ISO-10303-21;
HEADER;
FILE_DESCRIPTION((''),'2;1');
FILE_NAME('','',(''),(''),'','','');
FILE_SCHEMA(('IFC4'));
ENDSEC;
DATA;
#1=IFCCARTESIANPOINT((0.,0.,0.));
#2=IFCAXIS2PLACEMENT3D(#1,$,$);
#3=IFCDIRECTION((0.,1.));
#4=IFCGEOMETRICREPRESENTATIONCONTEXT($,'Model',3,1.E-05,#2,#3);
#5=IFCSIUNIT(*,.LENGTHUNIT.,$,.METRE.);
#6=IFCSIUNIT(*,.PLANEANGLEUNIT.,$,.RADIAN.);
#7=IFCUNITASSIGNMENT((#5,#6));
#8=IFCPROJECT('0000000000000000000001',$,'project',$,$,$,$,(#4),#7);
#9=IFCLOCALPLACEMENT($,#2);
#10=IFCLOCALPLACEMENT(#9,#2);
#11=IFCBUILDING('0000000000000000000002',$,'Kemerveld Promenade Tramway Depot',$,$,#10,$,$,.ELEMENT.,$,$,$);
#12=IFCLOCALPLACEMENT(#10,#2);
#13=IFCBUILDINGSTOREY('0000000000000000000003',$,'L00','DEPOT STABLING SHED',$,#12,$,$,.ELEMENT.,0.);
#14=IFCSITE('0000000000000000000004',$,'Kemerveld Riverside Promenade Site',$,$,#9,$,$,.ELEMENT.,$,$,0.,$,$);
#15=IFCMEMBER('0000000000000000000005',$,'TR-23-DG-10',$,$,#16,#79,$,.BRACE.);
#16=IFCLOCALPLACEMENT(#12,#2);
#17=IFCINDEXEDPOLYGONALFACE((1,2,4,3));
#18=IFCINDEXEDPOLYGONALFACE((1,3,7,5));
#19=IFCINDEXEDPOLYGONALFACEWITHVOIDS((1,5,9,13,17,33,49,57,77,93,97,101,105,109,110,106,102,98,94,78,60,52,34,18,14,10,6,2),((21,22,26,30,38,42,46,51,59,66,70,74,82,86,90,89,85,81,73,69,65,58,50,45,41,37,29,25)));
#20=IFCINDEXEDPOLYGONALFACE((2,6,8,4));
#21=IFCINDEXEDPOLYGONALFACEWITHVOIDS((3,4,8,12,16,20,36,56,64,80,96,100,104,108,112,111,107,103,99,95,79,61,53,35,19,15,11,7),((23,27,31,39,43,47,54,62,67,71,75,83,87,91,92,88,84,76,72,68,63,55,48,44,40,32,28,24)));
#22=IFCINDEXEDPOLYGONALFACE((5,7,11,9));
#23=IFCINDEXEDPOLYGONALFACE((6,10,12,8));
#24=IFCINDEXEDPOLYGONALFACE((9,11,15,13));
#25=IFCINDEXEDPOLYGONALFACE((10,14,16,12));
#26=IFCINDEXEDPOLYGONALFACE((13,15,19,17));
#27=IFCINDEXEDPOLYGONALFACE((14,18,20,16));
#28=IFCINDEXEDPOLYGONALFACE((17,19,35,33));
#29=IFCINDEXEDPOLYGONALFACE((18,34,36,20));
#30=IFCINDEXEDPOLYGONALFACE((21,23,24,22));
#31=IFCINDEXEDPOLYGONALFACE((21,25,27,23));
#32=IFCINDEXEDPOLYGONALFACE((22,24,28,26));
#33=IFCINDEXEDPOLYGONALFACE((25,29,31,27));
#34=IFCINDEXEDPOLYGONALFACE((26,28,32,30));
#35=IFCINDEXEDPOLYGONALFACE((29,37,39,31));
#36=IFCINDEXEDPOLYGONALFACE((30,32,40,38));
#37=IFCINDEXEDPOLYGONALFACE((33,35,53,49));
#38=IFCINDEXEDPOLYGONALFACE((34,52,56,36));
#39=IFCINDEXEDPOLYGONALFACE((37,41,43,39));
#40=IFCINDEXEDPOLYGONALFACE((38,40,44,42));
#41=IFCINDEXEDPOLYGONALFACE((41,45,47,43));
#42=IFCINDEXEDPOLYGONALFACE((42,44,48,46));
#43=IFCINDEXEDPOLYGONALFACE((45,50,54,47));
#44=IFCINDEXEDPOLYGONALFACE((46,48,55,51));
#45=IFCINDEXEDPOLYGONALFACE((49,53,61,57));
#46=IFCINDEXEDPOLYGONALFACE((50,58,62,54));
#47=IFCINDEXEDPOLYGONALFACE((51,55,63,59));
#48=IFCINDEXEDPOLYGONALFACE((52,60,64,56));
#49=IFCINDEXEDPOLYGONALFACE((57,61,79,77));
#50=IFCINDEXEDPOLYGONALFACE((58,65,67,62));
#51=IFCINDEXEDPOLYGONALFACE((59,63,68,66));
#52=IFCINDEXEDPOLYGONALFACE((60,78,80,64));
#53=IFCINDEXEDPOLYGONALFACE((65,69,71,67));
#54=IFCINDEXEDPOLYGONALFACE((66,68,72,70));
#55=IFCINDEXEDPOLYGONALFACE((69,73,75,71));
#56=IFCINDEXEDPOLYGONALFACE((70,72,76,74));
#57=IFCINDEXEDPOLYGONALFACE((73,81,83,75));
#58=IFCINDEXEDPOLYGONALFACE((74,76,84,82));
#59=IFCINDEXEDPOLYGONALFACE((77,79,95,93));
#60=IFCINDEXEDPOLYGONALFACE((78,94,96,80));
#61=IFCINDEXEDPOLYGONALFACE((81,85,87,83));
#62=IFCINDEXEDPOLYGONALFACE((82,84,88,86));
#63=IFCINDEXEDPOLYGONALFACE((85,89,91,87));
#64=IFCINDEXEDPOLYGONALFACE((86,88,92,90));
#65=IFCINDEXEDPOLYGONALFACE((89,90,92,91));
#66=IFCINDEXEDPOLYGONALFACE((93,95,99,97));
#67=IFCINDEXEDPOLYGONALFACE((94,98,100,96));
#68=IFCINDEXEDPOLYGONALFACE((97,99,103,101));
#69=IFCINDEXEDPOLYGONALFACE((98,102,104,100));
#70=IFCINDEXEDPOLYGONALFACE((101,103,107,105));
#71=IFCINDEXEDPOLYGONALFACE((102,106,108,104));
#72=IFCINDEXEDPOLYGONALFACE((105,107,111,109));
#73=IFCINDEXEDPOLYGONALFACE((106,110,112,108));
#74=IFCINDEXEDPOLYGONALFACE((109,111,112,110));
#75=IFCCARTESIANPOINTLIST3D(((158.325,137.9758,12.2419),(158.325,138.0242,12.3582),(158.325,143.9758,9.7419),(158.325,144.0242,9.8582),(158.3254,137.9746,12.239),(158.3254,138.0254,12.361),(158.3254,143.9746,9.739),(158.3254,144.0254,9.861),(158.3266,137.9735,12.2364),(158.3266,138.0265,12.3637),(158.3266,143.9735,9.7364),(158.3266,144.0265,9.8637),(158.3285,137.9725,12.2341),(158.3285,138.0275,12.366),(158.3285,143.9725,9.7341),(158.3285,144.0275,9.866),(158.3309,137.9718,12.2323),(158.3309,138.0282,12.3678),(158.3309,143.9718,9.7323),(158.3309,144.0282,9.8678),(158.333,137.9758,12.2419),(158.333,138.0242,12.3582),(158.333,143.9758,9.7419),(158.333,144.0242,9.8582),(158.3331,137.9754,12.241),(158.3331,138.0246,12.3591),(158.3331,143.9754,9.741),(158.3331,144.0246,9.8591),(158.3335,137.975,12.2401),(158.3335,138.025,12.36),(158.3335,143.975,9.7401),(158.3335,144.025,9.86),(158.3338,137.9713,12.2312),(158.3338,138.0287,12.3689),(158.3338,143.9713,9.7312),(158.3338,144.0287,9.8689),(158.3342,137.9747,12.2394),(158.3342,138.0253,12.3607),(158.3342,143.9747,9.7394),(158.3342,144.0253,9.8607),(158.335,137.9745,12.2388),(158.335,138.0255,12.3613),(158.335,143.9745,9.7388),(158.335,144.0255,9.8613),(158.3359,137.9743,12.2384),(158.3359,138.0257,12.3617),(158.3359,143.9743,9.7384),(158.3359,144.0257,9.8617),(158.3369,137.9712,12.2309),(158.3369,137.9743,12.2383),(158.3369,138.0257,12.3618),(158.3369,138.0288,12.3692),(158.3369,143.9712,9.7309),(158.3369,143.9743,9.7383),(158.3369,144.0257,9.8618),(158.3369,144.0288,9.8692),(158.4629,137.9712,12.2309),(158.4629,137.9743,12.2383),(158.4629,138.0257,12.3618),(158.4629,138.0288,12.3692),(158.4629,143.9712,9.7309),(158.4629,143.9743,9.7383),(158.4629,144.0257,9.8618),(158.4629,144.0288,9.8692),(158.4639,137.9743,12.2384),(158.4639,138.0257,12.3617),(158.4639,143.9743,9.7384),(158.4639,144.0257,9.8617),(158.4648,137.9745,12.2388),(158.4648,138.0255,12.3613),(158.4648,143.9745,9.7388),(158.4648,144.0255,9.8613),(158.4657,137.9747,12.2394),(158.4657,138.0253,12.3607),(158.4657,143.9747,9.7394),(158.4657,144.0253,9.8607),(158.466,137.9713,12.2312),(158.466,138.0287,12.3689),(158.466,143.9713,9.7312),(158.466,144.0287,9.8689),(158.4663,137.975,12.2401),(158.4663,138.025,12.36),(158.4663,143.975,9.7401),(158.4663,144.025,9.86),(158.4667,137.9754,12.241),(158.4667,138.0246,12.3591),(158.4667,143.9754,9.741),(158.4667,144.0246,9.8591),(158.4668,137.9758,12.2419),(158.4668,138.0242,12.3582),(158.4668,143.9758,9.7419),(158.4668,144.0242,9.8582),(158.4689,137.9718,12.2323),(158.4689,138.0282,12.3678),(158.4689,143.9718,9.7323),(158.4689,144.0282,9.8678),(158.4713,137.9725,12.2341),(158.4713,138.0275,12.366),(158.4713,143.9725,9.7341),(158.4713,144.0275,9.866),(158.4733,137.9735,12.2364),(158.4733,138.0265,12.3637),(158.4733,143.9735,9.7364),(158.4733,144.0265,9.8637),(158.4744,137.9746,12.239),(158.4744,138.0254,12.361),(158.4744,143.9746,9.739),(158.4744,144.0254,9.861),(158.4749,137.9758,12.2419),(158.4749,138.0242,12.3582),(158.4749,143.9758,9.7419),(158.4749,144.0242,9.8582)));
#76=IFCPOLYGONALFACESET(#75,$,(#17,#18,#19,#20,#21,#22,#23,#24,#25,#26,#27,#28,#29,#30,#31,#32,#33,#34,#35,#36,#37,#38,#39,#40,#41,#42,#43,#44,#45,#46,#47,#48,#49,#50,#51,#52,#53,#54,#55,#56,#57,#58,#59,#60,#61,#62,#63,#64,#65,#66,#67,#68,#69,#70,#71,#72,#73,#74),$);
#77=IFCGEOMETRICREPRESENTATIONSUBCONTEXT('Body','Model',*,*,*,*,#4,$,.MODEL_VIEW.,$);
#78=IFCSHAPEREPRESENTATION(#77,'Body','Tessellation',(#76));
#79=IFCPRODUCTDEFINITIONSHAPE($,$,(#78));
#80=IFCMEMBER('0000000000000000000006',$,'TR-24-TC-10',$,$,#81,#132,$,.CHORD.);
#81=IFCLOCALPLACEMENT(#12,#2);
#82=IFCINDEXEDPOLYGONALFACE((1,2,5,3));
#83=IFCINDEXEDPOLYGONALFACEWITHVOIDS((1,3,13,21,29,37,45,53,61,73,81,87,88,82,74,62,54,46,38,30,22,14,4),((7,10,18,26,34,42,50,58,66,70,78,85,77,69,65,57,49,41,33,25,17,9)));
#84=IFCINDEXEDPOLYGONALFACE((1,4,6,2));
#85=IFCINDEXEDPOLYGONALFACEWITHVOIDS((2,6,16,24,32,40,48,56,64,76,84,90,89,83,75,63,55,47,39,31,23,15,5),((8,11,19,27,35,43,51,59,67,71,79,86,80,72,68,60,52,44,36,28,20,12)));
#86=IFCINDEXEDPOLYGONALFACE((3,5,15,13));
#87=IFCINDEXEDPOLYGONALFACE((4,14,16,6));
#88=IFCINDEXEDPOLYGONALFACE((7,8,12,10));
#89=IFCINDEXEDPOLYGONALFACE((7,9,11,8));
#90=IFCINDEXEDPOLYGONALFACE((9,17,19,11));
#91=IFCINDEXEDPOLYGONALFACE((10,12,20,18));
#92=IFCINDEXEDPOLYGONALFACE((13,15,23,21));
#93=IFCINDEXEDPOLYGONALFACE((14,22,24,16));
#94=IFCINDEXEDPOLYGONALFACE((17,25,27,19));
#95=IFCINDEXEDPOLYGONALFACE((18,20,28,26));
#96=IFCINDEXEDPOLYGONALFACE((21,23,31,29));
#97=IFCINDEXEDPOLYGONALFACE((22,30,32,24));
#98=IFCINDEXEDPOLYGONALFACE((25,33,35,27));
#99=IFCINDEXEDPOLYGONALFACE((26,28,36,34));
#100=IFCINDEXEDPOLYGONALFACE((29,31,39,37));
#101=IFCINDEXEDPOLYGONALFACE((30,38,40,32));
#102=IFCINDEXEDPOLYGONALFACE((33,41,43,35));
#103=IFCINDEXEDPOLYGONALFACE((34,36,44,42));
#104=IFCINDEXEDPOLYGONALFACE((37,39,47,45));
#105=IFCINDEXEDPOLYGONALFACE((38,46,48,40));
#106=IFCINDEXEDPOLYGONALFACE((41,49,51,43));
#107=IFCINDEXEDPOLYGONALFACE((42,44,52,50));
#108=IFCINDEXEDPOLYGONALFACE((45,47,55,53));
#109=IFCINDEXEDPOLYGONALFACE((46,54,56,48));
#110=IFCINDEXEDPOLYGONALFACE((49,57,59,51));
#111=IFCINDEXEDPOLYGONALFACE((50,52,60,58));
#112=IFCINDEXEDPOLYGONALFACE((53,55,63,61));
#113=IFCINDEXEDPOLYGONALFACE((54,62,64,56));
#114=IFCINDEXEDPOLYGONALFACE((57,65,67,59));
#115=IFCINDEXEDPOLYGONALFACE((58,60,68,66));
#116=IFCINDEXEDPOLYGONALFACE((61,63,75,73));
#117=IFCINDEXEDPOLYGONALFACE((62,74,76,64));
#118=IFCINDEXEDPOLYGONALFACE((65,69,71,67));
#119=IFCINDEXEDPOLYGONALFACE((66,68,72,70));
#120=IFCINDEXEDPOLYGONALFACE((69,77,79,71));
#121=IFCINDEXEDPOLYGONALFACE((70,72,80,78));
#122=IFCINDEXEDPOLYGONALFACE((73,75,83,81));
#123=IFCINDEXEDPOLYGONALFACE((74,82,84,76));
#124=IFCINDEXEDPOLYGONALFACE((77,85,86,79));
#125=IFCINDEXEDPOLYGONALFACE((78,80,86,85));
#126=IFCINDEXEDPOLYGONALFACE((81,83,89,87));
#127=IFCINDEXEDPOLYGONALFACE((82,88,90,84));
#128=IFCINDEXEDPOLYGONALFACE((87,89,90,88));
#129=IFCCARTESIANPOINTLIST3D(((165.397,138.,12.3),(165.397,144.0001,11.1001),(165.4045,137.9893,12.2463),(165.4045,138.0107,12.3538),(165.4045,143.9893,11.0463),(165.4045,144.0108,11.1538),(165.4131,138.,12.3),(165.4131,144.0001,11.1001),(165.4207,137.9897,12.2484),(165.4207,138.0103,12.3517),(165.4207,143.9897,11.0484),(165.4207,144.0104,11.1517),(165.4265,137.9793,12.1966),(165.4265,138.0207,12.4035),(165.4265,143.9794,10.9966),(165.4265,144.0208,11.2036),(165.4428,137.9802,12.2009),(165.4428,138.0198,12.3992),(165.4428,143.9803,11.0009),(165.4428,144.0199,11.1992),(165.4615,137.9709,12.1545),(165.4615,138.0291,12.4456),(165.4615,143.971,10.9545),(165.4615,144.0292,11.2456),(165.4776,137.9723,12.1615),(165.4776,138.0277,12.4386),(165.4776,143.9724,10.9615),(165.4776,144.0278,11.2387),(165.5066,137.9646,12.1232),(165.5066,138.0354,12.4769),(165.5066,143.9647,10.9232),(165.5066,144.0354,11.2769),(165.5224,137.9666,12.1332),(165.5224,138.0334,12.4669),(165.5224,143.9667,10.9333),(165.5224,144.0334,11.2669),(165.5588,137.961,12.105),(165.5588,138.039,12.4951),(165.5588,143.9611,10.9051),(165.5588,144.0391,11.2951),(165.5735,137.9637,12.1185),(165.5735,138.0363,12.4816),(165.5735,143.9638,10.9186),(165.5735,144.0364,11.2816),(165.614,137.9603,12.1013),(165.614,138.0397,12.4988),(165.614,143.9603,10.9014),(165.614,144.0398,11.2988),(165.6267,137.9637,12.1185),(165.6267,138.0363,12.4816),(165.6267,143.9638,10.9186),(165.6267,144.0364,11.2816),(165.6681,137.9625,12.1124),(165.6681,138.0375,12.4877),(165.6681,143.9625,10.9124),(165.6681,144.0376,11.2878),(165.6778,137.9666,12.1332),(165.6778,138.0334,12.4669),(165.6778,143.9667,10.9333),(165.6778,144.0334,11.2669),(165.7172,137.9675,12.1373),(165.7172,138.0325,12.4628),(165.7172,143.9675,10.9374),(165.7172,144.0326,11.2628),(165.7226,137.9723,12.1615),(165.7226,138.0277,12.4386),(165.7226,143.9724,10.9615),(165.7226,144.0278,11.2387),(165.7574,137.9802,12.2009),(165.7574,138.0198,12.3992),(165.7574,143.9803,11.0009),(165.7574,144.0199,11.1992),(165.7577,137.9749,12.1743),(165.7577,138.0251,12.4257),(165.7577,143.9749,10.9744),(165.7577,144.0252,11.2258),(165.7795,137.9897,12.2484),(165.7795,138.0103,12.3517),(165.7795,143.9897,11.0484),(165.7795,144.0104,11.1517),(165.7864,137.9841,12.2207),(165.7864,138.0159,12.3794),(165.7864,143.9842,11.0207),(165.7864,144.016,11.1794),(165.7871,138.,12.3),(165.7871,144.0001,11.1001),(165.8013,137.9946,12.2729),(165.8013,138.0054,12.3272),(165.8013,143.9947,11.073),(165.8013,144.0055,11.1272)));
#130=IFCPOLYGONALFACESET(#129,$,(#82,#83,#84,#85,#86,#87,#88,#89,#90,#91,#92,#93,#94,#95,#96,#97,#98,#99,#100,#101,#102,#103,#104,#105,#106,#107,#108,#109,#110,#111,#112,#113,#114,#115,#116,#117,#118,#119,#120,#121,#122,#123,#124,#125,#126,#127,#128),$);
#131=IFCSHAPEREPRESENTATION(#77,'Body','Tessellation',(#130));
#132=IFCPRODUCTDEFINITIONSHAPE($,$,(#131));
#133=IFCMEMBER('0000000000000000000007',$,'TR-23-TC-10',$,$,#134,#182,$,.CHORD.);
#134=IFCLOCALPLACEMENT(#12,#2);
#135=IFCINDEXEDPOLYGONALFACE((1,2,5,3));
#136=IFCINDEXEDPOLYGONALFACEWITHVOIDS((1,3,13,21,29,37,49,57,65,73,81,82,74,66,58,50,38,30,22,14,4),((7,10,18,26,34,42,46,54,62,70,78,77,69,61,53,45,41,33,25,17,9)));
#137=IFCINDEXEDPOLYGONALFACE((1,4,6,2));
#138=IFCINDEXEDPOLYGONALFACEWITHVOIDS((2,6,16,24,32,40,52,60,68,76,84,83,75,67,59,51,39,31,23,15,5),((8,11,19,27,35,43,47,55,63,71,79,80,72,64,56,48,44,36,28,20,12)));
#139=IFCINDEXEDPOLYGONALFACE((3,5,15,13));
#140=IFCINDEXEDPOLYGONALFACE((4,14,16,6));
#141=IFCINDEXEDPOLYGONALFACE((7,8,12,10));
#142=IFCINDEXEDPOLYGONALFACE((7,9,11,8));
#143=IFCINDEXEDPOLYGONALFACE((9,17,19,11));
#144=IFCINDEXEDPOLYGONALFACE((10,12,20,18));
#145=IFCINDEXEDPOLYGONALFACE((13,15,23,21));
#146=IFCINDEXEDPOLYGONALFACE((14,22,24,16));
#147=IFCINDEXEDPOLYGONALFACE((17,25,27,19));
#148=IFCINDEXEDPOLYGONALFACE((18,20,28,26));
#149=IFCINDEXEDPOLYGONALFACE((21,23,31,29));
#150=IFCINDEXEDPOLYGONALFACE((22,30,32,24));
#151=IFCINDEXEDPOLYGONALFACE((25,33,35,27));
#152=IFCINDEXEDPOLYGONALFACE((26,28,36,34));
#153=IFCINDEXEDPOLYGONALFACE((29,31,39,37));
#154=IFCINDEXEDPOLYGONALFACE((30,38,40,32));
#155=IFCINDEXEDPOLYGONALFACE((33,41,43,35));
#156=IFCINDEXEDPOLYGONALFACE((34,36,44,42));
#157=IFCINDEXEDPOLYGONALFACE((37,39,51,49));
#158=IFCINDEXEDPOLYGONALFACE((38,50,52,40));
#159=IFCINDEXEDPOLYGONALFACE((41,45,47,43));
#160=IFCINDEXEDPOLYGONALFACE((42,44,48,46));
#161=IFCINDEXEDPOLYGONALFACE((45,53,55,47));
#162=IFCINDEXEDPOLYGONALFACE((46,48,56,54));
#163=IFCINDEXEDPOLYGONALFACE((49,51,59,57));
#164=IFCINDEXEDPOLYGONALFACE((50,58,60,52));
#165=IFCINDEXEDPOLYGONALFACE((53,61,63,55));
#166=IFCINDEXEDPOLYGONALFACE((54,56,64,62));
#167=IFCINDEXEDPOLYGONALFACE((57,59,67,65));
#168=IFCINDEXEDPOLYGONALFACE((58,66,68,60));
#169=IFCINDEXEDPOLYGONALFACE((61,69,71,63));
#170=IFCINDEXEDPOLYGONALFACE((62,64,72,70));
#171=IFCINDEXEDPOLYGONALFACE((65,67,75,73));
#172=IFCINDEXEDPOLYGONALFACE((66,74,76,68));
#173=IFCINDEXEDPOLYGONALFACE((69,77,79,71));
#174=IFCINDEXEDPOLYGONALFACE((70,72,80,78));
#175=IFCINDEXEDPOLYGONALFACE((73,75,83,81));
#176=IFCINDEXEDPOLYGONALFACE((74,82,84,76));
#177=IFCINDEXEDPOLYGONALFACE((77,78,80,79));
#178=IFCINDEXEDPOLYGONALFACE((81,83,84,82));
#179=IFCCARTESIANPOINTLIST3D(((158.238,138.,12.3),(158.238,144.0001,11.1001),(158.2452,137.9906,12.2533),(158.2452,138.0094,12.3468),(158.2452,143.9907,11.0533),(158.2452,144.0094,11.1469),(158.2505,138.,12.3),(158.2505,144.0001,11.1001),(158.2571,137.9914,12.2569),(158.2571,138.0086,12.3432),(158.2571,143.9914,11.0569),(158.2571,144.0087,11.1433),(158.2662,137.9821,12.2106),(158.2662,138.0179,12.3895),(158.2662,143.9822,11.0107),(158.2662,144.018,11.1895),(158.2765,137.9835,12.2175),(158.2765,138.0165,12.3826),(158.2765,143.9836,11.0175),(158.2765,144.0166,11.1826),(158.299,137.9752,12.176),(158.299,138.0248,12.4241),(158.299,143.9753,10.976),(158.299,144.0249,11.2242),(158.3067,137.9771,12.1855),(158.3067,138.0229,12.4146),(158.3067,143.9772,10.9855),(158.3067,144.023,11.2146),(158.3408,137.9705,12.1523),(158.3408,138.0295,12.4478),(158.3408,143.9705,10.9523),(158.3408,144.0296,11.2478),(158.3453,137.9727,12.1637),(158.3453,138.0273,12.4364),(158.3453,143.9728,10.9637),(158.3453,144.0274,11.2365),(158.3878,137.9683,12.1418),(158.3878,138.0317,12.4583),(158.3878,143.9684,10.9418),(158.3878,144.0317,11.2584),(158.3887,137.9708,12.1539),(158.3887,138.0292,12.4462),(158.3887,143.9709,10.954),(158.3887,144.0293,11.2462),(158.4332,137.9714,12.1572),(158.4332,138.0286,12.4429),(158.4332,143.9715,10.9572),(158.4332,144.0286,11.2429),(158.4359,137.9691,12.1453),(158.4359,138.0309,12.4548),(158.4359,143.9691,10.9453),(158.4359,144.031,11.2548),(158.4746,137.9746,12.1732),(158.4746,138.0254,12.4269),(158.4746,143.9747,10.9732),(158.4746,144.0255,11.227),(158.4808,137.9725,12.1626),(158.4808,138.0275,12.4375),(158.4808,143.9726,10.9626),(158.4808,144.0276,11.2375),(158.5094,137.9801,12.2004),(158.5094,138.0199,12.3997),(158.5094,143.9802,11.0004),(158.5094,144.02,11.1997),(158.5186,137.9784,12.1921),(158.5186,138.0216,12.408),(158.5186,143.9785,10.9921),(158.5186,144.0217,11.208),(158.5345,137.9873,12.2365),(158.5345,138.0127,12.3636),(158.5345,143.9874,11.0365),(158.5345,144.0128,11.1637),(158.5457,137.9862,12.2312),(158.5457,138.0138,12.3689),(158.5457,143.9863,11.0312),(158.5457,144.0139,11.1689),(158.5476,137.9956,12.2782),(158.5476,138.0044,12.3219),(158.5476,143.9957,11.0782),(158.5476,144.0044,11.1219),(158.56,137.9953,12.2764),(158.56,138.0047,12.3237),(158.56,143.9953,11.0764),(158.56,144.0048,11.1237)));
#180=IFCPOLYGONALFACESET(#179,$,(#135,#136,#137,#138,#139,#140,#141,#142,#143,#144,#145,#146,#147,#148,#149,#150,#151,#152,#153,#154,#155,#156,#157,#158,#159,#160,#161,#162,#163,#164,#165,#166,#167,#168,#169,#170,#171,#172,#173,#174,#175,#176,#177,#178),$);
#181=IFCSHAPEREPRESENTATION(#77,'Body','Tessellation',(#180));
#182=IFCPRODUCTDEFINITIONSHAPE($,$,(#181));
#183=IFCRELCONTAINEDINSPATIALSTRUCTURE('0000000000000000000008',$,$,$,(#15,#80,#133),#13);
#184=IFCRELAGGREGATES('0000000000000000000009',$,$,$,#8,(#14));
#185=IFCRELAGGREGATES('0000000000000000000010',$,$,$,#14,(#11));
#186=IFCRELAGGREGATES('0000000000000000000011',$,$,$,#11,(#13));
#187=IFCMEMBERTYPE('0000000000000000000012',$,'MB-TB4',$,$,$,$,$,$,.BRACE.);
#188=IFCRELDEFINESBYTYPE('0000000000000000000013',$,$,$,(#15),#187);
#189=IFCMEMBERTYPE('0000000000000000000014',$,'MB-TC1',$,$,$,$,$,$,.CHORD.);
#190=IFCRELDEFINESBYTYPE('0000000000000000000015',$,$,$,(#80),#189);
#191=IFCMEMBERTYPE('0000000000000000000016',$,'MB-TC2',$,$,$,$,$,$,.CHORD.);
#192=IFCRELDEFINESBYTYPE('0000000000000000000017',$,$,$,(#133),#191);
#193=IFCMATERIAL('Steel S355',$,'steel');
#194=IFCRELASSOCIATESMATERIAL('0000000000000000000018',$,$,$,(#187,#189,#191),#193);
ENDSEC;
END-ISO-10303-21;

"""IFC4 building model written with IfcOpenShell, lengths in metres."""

from ifc_helpers import new_model, si_unit, direction, frame, origin, origin_2d, place, context, subcontext, project, spatial, hollow_rectangle, hollow_circle, extrude, material, material_profile, profile_set, type_object, element, save


model = new_model("IFC4")

# Units and contexts
model_context = context("Model", 3, precision=1e-05, world=origin(), true_north=direction((0.0, 1.0)))
body_context = subcontext(model_context, "Body", "Model", "MODEL_VIEW")
ifc_project = project(units=[si_unit("LENGTHUNIT", "METRE"), si_unit("PLANEANGLEUNIT", "RADIAN")], contexts=[model_context])

# Site, building, storey
site_placement = place(None, origin())
site = spatial("IfcSite", under=ifc_project, at=site_placement, Name="Kemerveld Riverside Promenade Site", CompositionType="ELEMENT", RefElevation=0.0)
building_placement = place(site_placement, origin())
building = spatial("IfcBuilding", under=site, at=building_placement, Name="Kemerveld Promenade Tramway Depot", CompositionType="ELEMENT")
storey_placement = place(building_placement, origin())
storey = spatial("IfcBuildingStorey", under=building, at=storey_placement, Name="L00", Description="DEPOT STABLING SHED", CompositionType="ELEMENT", Elevation=0.0)

# Shared definitions
ifc_material_1 = material(Name="Steel S355", Category="steel")

# Members
ifc_material_profile_1 = material_profile(ifc_material_1, hollow_rectangle(XDim=0.1499, YDim=0.1499, WallThickness=0.0081, InnerFilletRadius=0.0039, OuterFilletRadius=0.012, at=origin_2d()), Name="150x150x8.0 SHS")
ifc_profile_set_1 = profile_set([ifc_material_profile_1], Name="Steel S355")
member_type_1 = type_object("IfcMemberType", Name="MB-TB4", PredefinedType="BRACE", material=ifc_profile_set_1)
member_1_placement = place(storey_placement, frame((158.3999, 144.0, 9.8), z_axis=(0.0, -0.923077, 0.384615), x_axis=(1.0, 0.0, 0.0)))
element("IfcMember", 1, at=member_1_placement, inside=storey, type_object=member_type_1, Name="TR-23-DG-10", PredefinedType="BRACE", context=body_context, shape_type="SweptSolid", body=[
    extrude(hollow_rectangle(XDim=0.1499, YDim=0.1499, WallThickness=0.0081, InnerFilletRadius=0.0039, OuterFilletRadius=0.012, at=origin_2d()), origin(), (0.0, 0.0, 1.0), 6.5),
])
ifc_material_profile_2 = material_profile(ifc_material_1, hollow_circle(Radius=0.2031, WallThickness=0.0161, at=origin_2d()), Name="406.4x16.0 CHS")
ifc_profile_set_2 = profile_set([ifc_material_profile_2], Name="Steel S355")
member_type_2 = type_object("IfcMemberType", Name="MB-TC1", PredefinedType="CHORD", material=ifc_profile_set_2)
member_2_placement = place(storey_placement, frame((165.6001, 138.0, 12.3), z_axis=(0.0, 0.980582, -0.196108), x_axis=(-1.0, 0.0, 0.0)))
element("IfcMember", 2, at=member_2_placement, inside=storey, type_object=member_type_2, Name="TR-24-TC-10", PredefinedType="CHORD", context=body_context, shape_type="SweptSolid", body=[
    extrude(hollow_circle(Radius=0.2031, WallThickness=0.0161, at=origin_2d()), origin(), (0.0, 0.0, 1.0), 6.1189),
])
ifc_material_profile_3 = material_profile(ifc_material_1, hollow_circle(Radius=0.1619, WallThickness=0.0125, at=origin_2d()), Name="323.9x12.5 CHS")
ifc_profile_set_3 = profile_set([ifc_material_profile_3], Name="Steel S355")
member_type_3 = type_object("IfcMemberType", Name="MB-TC2", PredefinedType="CHORD", material=ifc_profile_set_3)
member_3_placement = place(storey_placement, frame((158.3999, 138.0, 12.3), z_axis=(0.0, 0.980582, -0.196108), x_axis=(-1.0, 0.0, 0.0)))
element("IfcMember", 3, at=member_3_placement, inside=storey, type_object=member_type_3, Name="TR-23-TC-10", PredefinedType="CHORD", context=body_context, shape_type="SweptSolid", body=[
    extrude(hollow_circle(Radius=0.1619, WallThickness=0.0125, at=origin_2d()), origin(), (0.0, 0.0, 1.0), 6.1189),
])

save(model, "model.ifc")
